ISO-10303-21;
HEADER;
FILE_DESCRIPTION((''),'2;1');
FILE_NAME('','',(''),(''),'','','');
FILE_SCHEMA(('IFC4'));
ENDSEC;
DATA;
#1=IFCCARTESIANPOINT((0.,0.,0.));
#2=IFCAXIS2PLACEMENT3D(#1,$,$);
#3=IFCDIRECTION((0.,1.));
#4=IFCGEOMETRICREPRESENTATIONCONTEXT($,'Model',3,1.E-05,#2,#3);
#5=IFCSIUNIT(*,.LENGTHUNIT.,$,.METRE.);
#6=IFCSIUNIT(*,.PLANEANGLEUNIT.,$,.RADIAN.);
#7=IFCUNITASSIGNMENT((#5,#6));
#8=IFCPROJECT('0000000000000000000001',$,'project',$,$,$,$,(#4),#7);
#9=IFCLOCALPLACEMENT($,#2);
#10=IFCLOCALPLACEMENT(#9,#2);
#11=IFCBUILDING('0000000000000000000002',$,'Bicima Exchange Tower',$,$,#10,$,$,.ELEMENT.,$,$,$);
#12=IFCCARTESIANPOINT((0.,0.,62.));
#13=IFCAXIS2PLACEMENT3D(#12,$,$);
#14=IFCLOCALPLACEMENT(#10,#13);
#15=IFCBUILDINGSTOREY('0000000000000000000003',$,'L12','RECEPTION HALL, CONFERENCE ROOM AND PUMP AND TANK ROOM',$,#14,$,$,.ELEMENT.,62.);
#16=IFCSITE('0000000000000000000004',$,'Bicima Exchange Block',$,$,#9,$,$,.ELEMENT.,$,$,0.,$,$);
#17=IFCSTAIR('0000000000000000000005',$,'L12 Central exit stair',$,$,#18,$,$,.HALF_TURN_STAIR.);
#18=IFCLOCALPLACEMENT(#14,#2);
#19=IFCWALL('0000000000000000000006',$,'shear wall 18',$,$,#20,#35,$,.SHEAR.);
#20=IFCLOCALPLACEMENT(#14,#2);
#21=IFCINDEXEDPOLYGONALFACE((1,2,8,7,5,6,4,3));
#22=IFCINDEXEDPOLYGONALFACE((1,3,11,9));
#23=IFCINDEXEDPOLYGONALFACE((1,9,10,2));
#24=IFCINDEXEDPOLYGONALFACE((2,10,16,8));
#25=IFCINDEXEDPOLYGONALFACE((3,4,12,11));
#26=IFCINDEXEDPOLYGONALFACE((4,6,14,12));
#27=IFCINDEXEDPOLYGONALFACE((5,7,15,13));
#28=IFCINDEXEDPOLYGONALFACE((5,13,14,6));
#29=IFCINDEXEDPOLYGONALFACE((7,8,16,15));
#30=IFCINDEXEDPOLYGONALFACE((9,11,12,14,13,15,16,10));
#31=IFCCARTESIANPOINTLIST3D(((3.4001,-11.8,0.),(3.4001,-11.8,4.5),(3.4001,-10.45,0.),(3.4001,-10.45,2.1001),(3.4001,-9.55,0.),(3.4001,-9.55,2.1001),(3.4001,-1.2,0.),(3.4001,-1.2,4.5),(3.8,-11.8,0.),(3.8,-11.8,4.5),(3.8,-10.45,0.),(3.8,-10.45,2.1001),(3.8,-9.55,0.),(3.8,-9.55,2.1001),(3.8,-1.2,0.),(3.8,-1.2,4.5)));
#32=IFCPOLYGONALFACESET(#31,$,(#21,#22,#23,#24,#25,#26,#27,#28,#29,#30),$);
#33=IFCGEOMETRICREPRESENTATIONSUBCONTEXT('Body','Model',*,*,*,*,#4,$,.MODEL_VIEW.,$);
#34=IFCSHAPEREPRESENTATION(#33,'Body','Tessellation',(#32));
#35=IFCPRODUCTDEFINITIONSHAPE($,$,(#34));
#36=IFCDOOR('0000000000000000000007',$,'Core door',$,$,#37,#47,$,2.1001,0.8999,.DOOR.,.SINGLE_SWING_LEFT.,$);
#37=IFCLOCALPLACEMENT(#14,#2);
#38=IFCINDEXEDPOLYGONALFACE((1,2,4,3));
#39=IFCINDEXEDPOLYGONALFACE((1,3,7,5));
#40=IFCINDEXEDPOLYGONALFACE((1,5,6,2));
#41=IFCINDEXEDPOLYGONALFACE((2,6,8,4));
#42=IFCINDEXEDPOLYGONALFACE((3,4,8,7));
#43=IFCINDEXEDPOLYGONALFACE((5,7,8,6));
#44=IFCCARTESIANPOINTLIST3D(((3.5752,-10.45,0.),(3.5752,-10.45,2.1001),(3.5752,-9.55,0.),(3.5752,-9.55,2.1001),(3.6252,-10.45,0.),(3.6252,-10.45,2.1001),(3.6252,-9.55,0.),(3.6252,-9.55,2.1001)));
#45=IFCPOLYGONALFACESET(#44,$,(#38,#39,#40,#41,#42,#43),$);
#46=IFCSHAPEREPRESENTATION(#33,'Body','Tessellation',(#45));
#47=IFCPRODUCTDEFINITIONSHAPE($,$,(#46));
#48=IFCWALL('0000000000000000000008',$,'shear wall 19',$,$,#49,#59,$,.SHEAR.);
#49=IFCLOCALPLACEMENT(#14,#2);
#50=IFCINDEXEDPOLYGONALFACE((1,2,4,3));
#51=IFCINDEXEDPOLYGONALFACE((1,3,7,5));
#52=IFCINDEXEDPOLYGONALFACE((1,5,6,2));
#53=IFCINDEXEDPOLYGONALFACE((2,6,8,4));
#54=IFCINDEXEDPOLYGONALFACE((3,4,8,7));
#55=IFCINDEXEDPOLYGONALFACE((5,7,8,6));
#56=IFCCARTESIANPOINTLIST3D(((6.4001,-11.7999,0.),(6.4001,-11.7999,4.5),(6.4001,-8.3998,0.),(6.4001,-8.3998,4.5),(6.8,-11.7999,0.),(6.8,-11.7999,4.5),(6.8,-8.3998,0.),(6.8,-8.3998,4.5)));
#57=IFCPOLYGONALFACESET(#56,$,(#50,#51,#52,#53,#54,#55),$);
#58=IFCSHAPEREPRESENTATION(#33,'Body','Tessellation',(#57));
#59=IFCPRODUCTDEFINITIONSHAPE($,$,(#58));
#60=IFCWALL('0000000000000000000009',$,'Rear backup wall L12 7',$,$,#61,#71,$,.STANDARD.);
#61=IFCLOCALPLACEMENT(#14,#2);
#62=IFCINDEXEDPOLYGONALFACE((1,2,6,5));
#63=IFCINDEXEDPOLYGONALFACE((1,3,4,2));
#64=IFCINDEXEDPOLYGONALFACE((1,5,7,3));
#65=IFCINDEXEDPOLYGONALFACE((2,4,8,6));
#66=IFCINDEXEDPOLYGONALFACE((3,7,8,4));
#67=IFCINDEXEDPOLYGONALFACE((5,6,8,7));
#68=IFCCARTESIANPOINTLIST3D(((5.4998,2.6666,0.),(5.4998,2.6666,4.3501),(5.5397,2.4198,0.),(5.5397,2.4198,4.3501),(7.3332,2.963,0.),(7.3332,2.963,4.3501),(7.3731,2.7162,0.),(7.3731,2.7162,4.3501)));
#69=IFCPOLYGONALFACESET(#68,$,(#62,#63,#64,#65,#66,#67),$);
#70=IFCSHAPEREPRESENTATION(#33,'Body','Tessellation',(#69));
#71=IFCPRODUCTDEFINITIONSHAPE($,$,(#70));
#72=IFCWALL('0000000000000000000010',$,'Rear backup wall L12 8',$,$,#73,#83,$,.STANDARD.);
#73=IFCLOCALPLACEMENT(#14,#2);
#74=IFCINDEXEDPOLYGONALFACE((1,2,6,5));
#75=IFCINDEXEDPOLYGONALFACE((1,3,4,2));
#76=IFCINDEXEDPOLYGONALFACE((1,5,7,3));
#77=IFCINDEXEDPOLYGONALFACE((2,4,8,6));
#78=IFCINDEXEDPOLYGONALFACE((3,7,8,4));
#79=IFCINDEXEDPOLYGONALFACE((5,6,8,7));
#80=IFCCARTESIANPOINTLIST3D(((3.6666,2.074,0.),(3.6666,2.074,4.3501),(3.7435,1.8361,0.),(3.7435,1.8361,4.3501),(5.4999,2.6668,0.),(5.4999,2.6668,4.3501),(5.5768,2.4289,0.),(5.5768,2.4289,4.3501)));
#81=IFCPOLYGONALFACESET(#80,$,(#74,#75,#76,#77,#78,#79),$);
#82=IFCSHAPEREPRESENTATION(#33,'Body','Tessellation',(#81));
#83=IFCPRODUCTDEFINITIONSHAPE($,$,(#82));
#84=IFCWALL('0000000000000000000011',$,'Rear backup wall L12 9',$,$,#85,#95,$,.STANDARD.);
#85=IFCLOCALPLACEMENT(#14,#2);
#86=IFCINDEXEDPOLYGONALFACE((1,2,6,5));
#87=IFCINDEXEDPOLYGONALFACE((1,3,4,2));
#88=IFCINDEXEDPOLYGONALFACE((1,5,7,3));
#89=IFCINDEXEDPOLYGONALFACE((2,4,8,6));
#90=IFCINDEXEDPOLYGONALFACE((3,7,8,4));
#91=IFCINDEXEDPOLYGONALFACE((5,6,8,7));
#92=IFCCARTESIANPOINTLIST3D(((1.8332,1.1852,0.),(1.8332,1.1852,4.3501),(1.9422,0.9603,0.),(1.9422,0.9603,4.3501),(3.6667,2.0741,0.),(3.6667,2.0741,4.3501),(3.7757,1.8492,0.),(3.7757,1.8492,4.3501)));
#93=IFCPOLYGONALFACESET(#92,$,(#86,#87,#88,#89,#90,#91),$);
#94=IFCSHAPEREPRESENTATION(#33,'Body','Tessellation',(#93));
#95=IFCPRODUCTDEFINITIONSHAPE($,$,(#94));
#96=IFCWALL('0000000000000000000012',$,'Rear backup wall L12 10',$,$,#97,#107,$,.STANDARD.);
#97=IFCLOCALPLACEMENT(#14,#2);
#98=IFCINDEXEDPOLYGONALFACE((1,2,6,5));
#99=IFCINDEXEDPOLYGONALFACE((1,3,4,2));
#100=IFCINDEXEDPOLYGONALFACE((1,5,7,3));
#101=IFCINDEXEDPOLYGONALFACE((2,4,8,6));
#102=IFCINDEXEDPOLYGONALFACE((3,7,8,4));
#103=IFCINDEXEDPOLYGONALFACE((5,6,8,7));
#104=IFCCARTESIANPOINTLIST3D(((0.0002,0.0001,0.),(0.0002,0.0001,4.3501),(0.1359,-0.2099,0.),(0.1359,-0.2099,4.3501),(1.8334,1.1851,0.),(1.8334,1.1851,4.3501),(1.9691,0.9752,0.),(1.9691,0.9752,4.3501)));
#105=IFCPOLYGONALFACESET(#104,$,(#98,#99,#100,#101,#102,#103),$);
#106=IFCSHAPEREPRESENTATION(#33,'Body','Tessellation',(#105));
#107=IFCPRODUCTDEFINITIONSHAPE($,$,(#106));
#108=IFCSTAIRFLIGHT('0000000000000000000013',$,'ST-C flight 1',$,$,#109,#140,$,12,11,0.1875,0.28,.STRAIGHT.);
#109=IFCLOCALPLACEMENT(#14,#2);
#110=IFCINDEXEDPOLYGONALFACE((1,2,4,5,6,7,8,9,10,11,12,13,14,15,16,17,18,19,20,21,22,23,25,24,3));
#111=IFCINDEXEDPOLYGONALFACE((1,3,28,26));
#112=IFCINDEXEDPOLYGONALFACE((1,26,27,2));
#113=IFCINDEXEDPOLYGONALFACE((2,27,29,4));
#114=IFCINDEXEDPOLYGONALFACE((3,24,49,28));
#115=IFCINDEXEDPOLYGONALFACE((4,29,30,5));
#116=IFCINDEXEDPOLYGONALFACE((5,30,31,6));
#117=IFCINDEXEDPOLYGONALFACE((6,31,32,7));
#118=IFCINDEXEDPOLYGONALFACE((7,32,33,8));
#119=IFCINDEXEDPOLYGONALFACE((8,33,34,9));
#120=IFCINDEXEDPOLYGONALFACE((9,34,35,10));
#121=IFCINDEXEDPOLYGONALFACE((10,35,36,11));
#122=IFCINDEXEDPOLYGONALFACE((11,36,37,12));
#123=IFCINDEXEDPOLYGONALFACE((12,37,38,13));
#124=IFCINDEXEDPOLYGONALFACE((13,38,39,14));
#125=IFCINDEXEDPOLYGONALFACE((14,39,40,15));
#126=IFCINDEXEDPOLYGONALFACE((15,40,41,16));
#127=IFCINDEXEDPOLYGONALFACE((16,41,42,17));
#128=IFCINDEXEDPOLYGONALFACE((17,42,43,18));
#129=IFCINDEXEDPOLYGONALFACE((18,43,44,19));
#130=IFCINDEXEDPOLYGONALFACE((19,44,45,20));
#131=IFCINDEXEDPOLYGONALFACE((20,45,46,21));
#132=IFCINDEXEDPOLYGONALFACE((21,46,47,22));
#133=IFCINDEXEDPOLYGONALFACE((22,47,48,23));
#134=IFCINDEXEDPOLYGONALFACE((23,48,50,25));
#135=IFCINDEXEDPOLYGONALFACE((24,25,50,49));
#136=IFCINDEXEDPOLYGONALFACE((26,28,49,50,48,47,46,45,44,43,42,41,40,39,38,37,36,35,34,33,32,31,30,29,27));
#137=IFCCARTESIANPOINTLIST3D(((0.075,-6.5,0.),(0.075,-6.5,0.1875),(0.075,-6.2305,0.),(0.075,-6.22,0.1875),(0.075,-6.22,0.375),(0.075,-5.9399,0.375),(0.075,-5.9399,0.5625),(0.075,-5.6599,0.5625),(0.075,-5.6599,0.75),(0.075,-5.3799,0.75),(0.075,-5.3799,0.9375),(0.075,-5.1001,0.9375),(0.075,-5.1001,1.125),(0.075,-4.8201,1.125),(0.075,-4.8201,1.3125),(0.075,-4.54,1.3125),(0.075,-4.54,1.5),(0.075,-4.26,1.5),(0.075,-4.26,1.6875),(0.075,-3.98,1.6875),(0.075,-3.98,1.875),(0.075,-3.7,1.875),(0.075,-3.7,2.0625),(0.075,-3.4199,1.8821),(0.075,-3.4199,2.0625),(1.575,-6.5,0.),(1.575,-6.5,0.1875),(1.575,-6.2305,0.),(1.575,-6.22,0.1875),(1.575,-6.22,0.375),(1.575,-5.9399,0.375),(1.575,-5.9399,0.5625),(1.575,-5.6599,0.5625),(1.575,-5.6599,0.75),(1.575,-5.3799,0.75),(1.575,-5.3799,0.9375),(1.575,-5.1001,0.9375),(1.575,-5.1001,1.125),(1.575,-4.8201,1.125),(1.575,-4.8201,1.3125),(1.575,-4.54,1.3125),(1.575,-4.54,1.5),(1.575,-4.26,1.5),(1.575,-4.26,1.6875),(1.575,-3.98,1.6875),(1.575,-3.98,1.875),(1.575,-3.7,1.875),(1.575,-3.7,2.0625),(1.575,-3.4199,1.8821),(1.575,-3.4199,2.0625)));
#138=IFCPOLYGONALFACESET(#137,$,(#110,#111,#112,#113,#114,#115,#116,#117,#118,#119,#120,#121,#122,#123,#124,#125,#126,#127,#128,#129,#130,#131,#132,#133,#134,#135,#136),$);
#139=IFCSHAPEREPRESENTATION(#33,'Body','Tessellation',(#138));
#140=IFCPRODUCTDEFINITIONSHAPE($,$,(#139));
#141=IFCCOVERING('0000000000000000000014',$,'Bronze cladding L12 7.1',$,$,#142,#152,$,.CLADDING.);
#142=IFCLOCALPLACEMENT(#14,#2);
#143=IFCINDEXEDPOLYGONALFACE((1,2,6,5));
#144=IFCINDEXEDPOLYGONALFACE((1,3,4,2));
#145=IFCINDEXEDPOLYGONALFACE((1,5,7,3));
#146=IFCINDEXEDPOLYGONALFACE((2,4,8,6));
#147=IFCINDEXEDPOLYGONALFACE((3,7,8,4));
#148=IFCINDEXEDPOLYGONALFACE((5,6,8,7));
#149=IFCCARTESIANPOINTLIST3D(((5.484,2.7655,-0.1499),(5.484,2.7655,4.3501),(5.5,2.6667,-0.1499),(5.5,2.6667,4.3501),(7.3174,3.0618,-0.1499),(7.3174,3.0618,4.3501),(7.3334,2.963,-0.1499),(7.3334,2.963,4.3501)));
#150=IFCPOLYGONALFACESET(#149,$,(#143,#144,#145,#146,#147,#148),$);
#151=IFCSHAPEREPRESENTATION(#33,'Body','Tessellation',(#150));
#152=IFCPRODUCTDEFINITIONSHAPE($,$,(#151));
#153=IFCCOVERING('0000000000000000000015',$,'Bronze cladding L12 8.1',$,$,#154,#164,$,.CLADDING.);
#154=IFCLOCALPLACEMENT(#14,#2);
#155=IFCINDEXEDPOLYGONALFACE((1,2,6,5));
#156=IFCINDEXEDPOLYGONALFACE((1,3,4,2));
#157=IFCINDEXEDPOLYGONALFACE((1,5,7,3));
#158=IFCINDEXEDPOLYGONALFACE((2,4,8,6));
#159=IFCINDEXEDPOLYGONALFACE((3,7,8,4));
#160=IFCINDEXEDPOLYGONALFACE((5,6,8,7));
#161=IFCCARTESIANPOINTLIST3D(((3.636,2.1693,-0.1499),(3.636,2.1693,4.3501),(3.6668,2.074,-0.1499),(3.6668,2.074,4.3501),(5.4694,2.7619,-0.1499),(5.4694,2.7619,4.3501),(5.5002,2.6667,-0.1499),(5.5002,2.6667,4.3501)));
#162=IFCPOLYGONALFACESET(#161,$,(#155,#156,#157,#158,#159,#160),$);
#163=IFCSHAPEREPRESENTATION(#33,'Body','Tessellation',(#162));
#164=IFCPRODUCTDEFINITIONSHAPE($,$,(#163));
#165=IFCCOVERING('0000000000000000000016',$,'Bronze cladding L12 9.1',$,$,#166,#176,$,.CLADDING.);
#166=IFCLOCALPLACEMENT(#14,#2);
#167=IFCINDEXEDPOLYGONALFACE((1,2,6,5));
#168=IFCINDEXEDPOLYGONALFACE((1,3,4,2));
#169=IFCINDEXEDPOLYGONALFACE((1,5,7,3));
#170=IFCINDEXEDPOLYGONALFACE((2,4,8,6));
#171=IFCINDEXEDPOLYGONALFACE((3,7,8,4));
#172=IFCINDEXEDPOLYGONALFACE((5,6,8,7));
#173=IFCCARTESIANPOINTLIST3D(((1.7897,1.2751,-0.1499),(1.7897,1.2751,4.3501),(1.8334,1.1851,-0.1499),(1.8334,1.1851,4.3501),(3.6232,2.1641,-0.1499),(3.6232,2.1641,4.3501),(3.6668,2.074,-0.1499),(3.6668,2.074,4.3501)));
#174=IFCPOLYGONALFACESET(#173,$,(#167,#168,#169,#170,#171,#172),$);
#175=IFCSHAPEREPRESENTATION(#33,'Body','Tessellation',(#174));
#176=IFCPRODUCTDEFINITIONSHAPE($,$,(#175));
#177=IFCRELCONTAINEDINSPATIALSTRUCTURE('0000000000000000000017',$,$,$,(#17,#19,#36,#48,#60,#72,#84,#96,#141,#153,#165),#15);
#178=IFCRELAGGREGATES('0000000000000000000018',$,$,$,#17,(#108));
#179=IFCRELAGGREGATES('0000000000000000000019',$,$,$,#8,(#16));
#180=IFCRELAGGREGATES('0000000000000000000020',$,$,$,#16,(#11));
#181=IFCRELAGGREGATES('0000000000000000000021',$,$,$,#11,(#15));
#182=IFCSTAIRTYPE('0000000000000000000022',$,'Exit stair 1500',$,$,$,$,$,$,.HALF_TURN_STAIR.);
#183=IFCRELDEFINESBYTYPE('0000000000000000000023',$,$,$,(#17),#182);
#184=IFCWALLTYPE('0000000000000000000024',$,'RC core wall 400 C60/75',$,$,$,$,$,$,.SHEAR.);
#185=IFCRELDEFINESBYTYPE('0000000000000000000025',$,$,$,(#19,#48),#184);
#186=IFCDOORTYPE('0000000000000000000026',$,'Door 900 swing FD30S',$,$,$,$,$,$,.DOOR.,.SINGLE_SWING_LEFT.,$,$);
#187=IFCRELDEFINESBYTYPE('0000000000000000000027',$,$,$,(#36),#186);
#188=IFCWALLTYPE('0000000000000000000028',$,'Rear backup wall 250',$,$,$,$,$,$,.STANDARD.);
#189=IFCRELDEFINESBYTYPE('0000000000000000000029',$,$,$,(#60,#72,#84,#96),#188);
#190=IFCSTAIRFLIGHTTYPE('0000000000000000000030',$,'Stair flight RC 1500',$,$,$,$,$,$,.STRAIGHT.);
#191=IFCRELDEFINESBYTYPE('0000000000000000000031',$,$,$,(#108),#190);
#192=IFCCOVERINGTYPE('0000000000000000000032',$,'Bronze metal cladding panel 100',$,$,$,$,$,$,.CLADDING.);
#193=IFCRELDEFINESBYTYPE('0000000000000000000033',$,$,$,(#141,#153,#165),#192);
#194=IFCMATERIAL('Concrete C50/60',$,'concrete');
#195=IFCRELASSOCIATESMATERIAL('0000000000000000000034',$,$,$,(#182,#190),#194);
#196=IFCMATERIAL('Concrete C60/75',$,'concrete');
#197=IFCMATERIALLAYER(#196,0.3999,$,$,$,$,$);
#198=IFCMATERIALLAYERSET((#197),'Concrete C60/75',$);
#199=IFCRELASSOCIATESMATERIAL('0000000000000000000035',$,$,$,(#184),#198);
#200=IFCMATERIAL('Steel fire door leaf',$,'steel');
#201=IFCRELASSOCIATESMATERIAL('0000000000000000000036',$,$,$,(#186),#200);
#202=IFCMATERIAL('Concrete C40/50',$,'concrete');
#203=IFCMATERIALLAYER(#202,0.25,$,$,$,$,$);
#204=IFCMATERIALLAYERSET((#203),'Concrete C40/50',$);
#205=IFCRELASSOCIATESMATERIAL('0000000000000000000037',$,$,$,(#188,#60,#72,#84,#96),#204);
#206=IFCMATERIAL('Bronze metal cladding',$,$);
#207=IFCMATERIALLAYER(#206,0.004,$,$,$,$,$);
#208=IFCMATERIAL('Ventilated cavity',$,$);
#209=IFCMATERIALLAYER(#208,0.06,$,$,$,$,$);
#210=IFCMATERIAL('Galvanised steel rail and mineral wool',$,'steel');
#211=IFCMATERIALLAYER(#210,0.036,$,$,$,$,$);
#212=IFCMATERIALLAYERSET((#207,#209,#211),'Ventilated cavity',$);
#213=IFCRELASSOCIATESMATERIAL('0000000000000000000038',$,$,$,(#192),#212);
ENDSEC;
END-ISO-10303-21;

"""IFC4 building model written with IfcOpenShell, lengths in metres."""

from ifc_helpers import new_model, si_unit, direction, frame, frame_2d, origin, origin_2d, place, context, subcontext, project, spatial, polyline, rectangle, outline, extrude, material, layer, layer_set, layer_usage, type_object, element, fill, aggregate, save


model = new_model("IFC4")

# Units and contexts
model_context = context("Model", 3, precision=1e-05, world=origin(), true_north=direction((0.0, 1.0)))
body_context = subcontext(model_context, "Body", "Model", "MODEL_VIEW")
ifc_project = project(units=[si_unit("LENGTHUNIT", "METRE"), si_unit("PLANEANGLEUNIT", "RADIAN")], contexts=[model_context])

# Site, building, storey
site_placement = place(None, origin())
site = spatial("IfcSite", under=ifc_project, at=site_placement, Name="Bicima Exchange Block", CompositionType="ELEMENT", RefElevation=0.0)
building_placement = place(site_placement, origin())
building = spatial("IfcBuilding", under=site, at=building_placement, Name="Bicima Exchange Tower", CompositionType="ELEMENT")
storey_placement = place(building_placement, frame((0.0, 0.0, 62.0)))
storey = spatial("IfcBuildingStorey", under=building, at=storey_placement, Name="L12", Description="RECEPTION HALL, CONFERENCE ROOM AND PUMP AND TANK ROOM", CompositionType="ELEMENT", Elevation=62.0)

# Shared definitions
ifc_material_1 = material(Name="Concrete C40/50", Category="concrete")

# Stair
ifc_material_2 = material(Name="Concrete C50/60", Category="concrete")
stair_type_1 = type_object("IfcStairType", Name="Exit stair 1500", PredefinedType="HALF_TURN_STAIR", material=ifc_material_2)
stair_1_placement = place(storey_placement, origin())
stair_1 = element("IfcStair", 1, at=stair_1_placement, inside=storey, type_object=stair_type_1, Name="L12 Central exit stair", PredefinedType="HALF_TURN_STAIR")

# Shared definitions
ifc_material_3 = material(Name="Concrete C60/75", Category="concrete")
ifc_layer_1 = layer(ifc_material_3, 0.3999)
ifc_layer_set_1 = layer_set([ifc_layer_1], Name="Concrete C60/75")
wall_type_1 = type_object("IfcWallType", Name="RC core wall 400 C60/75", PredefinedType="SHEAR", material=ifc_layer_set_1)
ifc_material_4 = material(Name="Steel fire door leaf", Category="steel")
door_type_1 = type_object("IfcDoorType", Name="Door 900 swing FD30S", OperationType="SINGLE_SWING_LEFT", PredefinedType="DOOR", material=ifc_material_4)

# Wall, opening, door
wall_1_placement = place(storey_placement, frame((3.6001, -11.8, 0.0), z_axis=(0.0, 0.0, 1.0), x_axis=(0.0, 1.0, 0.0)))
wall_1 = element("IfcWall", 2, at=wall_1_placement, inside=storey, type_object=wall_type_1, Name="shear wall 18", PredefinedType="SHEAR", context=body_context, shape_type="SweptSolid", body=[
    extrude(rectangle(XDim=10.6001, YDim=0.3999, at=frame_2d((5.3, 0.0))), origin(), (0.0, 0.0, 1.0), 4.5),
])
opening_1_placement = place(wall_1_placement, frame((1.3501, 0.0, 0.0)))
opening_1 = element("IfcOpeningElement", 3, at=opening_1_placement, cuts=wall_1, PredefinedType="OPENING", context=body_context, shape_type="SweptSolid", body=[
    extrude(rectangle(XDim=0.8999, YDim=2.1001, at=frame_2d((0.45, 1.05))), frame((0.0, 0.2119, 0.0), z_axis=(0.0, -1.0, 0.0), x_axis=(1.0, 0.0, 0.0)), (0.0, 0.0, 1.0), 0.4238),
])
door_1_placement = place(opening_1_placement, origin())
door_1 = element("IfcDoor", 4, at=door_1_placement, inside=storey, type_object=door_type_1, Name="Core door", OperationType="SINGLE_SWING_LEFT", OverallHeight=2.1001, OverallWidth=0.8999, PredefinedType="DOOR", context=body_context, shape_type="SweptSolid", body=[
    extrude(rectangle(XDim=0.8999, YDim=2.1001, at=frame_2d((0.45, 1.05))), frame((0.0, 0.0249, 0.0), z_axis=(0.0, -1.0, 0.0), x_axis=(1.0, 0.0, 0.0)), (0.0, 0.0, 1.0), 0.05),
])
fill(opening_1, door_1)

# Walls
wall_2_placement = place(storey_placement, frame((6.6001, -11.8, 0.0), z_axis=(0.0, 0.0, 1.0), x_axis=(0.0, 1.0, 0.0)))
element("IfcWall", 5, at=wall_2_placement, inside=storey, type_object=wall_type_1, Name="shear wall 19", PredefinedType="SHEAR", context=body_context, shape_type="SweptSolid", body=[
    extrude(rectangle(XDim=3.4001, YDim=0.3999, at=frame_2d((1.7002, 0.0))), origin(), (0.0, 0.0, 1.0), 4.5),
])
ifc_layer_2 = layer(ifc_material_1, 0.25)
ifc_layer_set_2 = layer_set([ifc_layer_2], Name="Concrete C40/50")
ifc_layer_usage = layer_usage(ifc_layer_set_2, "AXIS2", "POSITIVE", -0.125)
wall_type_2 = type_object("IfcWallType", Name="Rear backup wall 250", PredefinedType="STANDARD", material=ifc_layer_set_2)
wall_3_placement = place(storey_placement, frame((7.3533, 2.8396, 0.0), z_axis=(0.0, 0.0, 1.0), x_axis=(-0.987182, -0.1596, 0.0)))
element("IfcWall", 6, at=wall_3_placement, inside=storey, type_object=wall_type_2, material=ifc_layer_usage, Name="Rear backup wall L12 7", PredefinedType="STANDARD", context=body_context, shape_type="SweptSolid", body=[
    extrude(rectangle(XDim=1.8572, YDim=0.25, at=frame_2d((0.9287, 0.0))), origin(), (0.0, 0.0, 1.0), 4.3501),
])
wall_4_placement = place(storey_placement, frame((5.5383, 2.5479, 0.0), z_axis=(0.0, 0.0, 1.0), x_axis=(-0.951496, -0.307662, 0.0)))
element("IfcWall", 7, at=wall_4_placement, inside=storey, type_object=wall_type_2, material=ifc_layer_usage, Name="Rear backup wall L12 8", PredefinedType="STANDARD", context=body_context, shape_type="SweptSolid", body=[
    extrude(rectangle(XDim=1.9268, YDim=0.25, at=frame_2d((0.9634, 0.0))), origin(), (0.0, 0.0, 1.0), 4.3501),
])
wall_5_placement = place(storey_placement, frame((3.7212, 1.9617, 0.0), z_axis=(0.0, 0.0, 1.0), x_axis=(-0.899824, -0.436253, 0.0)))
element("IfcWall", 8, at=wall_5_placement, inside=storey, type_object=wall_type_2, material=ifc_layer_usage, Name="Rear backup wall L12 9", PredefinedType="STANDARD", context=body_context, shape_type="SweptSolid", body=[
    extrude(rectangle(XDim=2.0376, YDim=0.25, at=frame_2d((1.0188, 0.0))), origin(), (0.0, 0.0, 1.0), 4.3501),
])
wall_6_placement = place(storey_placement, frame((1.9011, 1.0801, 0.0), z_axis=(0.0, 0.0, 1.0), x_axis=(-0.839813, -0.542876, 0.0)))
element("IfcWall", 9, at=wall_6_placement, inside=storey, type_object=wall_type_2, material=ifc_layer_usage, Name="Rear backup wall L12 10", PredefinedType="STANDARD", context=body_context, shape_type="SweptSolid", body=[
    extrude(rectangle(XDim=2.1829, YDim=0.25, at=frame_2d((1.0913, 0.0))), origin(), (0.0, 0.0, 1.0), 4.3501),
])

# Stair flight
stair_flight_type = type_object("IfcStairFlightType", Name="Stair flight RC 1500", PredefinedType="STRAIGHT", material=ifc_material_2)
stair_flight_placement = place(storey_placement, frame((0.825, -6.5, 0.0), z_axis=(0.0, 0.0, 1.0), x_axis=(0.0, 1.0, 0.0)))
stair_flight = element("IfcStairFlight", 10, at=stair_flight_placement, type_object=stair_flight_type, Name="ST-C flight 1", NumberOfRisers=12, NumberOfTreads=11, PredefinedType="STRAIGHT", RiserHeight=0.1875, TreadLength=0.28, context=body_context, shape_type="SweptSolid", body=[
    extrude(outline(polyline([(0.0, 0.0), (0.0, 0.1875), (0.28, 0.1875), (0.28, 0.375), (0.5601, 0.375), (0.5601, 0.5625), (0.8401, 0.5625), (0.8401, 0.75), (1.1201, 0.75), (1.1201, 0.9375), (1.3999, 0.9375), (1.3999, 1.125), (1.6799, 1.125), (1.6799, 1.3125), (1.96, 1.3125), (1.96, 1.5), (2.24, 1.5), (2.24, 1.6875), (2.52, 1.6875), (2.52, 1.875), (2.8, 1.875), (2.8, 2.0625), (3.0801, 2.0625), (3.0801, 2.25), (3.0801, 1.8821), (0.2695, 0.0), (0.0, 0.0)])), frame((0.0, 0.75, 0.0), z_axis=(0.0, -1.0, 0.0), x_axis=(1.0, 0.0, 0.0)), (0.0, 0.0, 1.0), 1.5),
])
aggregate(stair_1, [stair_flight])

# Coverings
ifc_material_5 = material(Name="Bronze metal cladding")
ifc_layer_3 = layer(ifc_material_5, 0.004)
ifc_material_6 = material(Name="Ventilated cavity")
ifc_layer_4 = layer(ifc_material_6, 0.06)
ifc_material_7 = material(Name="Galvanised steel rail and mineral wool", Category="steel")
ifc_layer_5 = layer(ifc_material_7, 0.036)
ifc_layer_set_3 = layer_set([ifc_layer_3, ifc_layer_4, ifc_layer_5], Name="Ventilated cavity")
covering_type = type_object("IfcCoveringType", Name="Bronze metal cladding panel 100", PredefinedType="CLADDING", material=ifc_layer_set_3)
covering_1_placement = place(storey_placement, frame((6.4087, 2.8643, -0.1499), z_axis=(0.0, 0.0, 1.0), x_axis=(-0.98719, -0.15955, 0.0)))
element("IfcCovering", 11, at=covering_1_placement, inside=storey, type_object=covering_type, Name="Bronze cladding L12 7.1", PredefinedType="CLADDING", context=body_context, shape_type="SweptSolid", body=[
    extrude(rectangle(XDim=1.8572, YDim=0.1001, at=origin_2d()), origin(), (0.0, 0.0, 1.0), 4.5),
])
covering_2_placement = place(storey_placement, frame((4.5681, 2.418, -0.1499), z_axis=(0.0, 0.0, 1.0), x_axis=(-0.951525, -0.307573, 0.0)))
element("IfcCovering", 12, at=covering_2_placement, inside=storey, type_object=covering_type, Name="Bronze cladding L12 8.1", PredefinedType="CLADDING", context=body_context, shape_type="SweptSolid", body=[
    extrude(rectangle(XDim=1.9268, YDim=0.1001, at=origin_2d()), origin(), (0.0, 0.0, 1.0), 4.5),
])
covering_3_placement = place(storey_placement, frame((2.7283, 1.6746, -0.1499), z_axis=(0.0, 0.0, 1.0), x_axis=(-0.899818, -0.436265, 0.0)))
element("IfcCovering", 13, at=covering_3_placement, inside=storey, type_object=covering_type, Name="Bronze cladding L12 9.1", PredefinedType="CLADDING", context=body_context, shape_type="SweptSolid", body=[
    extrude(rectangle(XDim=2.0376, YDim=0.1001, at=origin_2d()), origin(), (0.0, 0.0, 1.0), 4.5),
])

save(model, "model.ifc")
